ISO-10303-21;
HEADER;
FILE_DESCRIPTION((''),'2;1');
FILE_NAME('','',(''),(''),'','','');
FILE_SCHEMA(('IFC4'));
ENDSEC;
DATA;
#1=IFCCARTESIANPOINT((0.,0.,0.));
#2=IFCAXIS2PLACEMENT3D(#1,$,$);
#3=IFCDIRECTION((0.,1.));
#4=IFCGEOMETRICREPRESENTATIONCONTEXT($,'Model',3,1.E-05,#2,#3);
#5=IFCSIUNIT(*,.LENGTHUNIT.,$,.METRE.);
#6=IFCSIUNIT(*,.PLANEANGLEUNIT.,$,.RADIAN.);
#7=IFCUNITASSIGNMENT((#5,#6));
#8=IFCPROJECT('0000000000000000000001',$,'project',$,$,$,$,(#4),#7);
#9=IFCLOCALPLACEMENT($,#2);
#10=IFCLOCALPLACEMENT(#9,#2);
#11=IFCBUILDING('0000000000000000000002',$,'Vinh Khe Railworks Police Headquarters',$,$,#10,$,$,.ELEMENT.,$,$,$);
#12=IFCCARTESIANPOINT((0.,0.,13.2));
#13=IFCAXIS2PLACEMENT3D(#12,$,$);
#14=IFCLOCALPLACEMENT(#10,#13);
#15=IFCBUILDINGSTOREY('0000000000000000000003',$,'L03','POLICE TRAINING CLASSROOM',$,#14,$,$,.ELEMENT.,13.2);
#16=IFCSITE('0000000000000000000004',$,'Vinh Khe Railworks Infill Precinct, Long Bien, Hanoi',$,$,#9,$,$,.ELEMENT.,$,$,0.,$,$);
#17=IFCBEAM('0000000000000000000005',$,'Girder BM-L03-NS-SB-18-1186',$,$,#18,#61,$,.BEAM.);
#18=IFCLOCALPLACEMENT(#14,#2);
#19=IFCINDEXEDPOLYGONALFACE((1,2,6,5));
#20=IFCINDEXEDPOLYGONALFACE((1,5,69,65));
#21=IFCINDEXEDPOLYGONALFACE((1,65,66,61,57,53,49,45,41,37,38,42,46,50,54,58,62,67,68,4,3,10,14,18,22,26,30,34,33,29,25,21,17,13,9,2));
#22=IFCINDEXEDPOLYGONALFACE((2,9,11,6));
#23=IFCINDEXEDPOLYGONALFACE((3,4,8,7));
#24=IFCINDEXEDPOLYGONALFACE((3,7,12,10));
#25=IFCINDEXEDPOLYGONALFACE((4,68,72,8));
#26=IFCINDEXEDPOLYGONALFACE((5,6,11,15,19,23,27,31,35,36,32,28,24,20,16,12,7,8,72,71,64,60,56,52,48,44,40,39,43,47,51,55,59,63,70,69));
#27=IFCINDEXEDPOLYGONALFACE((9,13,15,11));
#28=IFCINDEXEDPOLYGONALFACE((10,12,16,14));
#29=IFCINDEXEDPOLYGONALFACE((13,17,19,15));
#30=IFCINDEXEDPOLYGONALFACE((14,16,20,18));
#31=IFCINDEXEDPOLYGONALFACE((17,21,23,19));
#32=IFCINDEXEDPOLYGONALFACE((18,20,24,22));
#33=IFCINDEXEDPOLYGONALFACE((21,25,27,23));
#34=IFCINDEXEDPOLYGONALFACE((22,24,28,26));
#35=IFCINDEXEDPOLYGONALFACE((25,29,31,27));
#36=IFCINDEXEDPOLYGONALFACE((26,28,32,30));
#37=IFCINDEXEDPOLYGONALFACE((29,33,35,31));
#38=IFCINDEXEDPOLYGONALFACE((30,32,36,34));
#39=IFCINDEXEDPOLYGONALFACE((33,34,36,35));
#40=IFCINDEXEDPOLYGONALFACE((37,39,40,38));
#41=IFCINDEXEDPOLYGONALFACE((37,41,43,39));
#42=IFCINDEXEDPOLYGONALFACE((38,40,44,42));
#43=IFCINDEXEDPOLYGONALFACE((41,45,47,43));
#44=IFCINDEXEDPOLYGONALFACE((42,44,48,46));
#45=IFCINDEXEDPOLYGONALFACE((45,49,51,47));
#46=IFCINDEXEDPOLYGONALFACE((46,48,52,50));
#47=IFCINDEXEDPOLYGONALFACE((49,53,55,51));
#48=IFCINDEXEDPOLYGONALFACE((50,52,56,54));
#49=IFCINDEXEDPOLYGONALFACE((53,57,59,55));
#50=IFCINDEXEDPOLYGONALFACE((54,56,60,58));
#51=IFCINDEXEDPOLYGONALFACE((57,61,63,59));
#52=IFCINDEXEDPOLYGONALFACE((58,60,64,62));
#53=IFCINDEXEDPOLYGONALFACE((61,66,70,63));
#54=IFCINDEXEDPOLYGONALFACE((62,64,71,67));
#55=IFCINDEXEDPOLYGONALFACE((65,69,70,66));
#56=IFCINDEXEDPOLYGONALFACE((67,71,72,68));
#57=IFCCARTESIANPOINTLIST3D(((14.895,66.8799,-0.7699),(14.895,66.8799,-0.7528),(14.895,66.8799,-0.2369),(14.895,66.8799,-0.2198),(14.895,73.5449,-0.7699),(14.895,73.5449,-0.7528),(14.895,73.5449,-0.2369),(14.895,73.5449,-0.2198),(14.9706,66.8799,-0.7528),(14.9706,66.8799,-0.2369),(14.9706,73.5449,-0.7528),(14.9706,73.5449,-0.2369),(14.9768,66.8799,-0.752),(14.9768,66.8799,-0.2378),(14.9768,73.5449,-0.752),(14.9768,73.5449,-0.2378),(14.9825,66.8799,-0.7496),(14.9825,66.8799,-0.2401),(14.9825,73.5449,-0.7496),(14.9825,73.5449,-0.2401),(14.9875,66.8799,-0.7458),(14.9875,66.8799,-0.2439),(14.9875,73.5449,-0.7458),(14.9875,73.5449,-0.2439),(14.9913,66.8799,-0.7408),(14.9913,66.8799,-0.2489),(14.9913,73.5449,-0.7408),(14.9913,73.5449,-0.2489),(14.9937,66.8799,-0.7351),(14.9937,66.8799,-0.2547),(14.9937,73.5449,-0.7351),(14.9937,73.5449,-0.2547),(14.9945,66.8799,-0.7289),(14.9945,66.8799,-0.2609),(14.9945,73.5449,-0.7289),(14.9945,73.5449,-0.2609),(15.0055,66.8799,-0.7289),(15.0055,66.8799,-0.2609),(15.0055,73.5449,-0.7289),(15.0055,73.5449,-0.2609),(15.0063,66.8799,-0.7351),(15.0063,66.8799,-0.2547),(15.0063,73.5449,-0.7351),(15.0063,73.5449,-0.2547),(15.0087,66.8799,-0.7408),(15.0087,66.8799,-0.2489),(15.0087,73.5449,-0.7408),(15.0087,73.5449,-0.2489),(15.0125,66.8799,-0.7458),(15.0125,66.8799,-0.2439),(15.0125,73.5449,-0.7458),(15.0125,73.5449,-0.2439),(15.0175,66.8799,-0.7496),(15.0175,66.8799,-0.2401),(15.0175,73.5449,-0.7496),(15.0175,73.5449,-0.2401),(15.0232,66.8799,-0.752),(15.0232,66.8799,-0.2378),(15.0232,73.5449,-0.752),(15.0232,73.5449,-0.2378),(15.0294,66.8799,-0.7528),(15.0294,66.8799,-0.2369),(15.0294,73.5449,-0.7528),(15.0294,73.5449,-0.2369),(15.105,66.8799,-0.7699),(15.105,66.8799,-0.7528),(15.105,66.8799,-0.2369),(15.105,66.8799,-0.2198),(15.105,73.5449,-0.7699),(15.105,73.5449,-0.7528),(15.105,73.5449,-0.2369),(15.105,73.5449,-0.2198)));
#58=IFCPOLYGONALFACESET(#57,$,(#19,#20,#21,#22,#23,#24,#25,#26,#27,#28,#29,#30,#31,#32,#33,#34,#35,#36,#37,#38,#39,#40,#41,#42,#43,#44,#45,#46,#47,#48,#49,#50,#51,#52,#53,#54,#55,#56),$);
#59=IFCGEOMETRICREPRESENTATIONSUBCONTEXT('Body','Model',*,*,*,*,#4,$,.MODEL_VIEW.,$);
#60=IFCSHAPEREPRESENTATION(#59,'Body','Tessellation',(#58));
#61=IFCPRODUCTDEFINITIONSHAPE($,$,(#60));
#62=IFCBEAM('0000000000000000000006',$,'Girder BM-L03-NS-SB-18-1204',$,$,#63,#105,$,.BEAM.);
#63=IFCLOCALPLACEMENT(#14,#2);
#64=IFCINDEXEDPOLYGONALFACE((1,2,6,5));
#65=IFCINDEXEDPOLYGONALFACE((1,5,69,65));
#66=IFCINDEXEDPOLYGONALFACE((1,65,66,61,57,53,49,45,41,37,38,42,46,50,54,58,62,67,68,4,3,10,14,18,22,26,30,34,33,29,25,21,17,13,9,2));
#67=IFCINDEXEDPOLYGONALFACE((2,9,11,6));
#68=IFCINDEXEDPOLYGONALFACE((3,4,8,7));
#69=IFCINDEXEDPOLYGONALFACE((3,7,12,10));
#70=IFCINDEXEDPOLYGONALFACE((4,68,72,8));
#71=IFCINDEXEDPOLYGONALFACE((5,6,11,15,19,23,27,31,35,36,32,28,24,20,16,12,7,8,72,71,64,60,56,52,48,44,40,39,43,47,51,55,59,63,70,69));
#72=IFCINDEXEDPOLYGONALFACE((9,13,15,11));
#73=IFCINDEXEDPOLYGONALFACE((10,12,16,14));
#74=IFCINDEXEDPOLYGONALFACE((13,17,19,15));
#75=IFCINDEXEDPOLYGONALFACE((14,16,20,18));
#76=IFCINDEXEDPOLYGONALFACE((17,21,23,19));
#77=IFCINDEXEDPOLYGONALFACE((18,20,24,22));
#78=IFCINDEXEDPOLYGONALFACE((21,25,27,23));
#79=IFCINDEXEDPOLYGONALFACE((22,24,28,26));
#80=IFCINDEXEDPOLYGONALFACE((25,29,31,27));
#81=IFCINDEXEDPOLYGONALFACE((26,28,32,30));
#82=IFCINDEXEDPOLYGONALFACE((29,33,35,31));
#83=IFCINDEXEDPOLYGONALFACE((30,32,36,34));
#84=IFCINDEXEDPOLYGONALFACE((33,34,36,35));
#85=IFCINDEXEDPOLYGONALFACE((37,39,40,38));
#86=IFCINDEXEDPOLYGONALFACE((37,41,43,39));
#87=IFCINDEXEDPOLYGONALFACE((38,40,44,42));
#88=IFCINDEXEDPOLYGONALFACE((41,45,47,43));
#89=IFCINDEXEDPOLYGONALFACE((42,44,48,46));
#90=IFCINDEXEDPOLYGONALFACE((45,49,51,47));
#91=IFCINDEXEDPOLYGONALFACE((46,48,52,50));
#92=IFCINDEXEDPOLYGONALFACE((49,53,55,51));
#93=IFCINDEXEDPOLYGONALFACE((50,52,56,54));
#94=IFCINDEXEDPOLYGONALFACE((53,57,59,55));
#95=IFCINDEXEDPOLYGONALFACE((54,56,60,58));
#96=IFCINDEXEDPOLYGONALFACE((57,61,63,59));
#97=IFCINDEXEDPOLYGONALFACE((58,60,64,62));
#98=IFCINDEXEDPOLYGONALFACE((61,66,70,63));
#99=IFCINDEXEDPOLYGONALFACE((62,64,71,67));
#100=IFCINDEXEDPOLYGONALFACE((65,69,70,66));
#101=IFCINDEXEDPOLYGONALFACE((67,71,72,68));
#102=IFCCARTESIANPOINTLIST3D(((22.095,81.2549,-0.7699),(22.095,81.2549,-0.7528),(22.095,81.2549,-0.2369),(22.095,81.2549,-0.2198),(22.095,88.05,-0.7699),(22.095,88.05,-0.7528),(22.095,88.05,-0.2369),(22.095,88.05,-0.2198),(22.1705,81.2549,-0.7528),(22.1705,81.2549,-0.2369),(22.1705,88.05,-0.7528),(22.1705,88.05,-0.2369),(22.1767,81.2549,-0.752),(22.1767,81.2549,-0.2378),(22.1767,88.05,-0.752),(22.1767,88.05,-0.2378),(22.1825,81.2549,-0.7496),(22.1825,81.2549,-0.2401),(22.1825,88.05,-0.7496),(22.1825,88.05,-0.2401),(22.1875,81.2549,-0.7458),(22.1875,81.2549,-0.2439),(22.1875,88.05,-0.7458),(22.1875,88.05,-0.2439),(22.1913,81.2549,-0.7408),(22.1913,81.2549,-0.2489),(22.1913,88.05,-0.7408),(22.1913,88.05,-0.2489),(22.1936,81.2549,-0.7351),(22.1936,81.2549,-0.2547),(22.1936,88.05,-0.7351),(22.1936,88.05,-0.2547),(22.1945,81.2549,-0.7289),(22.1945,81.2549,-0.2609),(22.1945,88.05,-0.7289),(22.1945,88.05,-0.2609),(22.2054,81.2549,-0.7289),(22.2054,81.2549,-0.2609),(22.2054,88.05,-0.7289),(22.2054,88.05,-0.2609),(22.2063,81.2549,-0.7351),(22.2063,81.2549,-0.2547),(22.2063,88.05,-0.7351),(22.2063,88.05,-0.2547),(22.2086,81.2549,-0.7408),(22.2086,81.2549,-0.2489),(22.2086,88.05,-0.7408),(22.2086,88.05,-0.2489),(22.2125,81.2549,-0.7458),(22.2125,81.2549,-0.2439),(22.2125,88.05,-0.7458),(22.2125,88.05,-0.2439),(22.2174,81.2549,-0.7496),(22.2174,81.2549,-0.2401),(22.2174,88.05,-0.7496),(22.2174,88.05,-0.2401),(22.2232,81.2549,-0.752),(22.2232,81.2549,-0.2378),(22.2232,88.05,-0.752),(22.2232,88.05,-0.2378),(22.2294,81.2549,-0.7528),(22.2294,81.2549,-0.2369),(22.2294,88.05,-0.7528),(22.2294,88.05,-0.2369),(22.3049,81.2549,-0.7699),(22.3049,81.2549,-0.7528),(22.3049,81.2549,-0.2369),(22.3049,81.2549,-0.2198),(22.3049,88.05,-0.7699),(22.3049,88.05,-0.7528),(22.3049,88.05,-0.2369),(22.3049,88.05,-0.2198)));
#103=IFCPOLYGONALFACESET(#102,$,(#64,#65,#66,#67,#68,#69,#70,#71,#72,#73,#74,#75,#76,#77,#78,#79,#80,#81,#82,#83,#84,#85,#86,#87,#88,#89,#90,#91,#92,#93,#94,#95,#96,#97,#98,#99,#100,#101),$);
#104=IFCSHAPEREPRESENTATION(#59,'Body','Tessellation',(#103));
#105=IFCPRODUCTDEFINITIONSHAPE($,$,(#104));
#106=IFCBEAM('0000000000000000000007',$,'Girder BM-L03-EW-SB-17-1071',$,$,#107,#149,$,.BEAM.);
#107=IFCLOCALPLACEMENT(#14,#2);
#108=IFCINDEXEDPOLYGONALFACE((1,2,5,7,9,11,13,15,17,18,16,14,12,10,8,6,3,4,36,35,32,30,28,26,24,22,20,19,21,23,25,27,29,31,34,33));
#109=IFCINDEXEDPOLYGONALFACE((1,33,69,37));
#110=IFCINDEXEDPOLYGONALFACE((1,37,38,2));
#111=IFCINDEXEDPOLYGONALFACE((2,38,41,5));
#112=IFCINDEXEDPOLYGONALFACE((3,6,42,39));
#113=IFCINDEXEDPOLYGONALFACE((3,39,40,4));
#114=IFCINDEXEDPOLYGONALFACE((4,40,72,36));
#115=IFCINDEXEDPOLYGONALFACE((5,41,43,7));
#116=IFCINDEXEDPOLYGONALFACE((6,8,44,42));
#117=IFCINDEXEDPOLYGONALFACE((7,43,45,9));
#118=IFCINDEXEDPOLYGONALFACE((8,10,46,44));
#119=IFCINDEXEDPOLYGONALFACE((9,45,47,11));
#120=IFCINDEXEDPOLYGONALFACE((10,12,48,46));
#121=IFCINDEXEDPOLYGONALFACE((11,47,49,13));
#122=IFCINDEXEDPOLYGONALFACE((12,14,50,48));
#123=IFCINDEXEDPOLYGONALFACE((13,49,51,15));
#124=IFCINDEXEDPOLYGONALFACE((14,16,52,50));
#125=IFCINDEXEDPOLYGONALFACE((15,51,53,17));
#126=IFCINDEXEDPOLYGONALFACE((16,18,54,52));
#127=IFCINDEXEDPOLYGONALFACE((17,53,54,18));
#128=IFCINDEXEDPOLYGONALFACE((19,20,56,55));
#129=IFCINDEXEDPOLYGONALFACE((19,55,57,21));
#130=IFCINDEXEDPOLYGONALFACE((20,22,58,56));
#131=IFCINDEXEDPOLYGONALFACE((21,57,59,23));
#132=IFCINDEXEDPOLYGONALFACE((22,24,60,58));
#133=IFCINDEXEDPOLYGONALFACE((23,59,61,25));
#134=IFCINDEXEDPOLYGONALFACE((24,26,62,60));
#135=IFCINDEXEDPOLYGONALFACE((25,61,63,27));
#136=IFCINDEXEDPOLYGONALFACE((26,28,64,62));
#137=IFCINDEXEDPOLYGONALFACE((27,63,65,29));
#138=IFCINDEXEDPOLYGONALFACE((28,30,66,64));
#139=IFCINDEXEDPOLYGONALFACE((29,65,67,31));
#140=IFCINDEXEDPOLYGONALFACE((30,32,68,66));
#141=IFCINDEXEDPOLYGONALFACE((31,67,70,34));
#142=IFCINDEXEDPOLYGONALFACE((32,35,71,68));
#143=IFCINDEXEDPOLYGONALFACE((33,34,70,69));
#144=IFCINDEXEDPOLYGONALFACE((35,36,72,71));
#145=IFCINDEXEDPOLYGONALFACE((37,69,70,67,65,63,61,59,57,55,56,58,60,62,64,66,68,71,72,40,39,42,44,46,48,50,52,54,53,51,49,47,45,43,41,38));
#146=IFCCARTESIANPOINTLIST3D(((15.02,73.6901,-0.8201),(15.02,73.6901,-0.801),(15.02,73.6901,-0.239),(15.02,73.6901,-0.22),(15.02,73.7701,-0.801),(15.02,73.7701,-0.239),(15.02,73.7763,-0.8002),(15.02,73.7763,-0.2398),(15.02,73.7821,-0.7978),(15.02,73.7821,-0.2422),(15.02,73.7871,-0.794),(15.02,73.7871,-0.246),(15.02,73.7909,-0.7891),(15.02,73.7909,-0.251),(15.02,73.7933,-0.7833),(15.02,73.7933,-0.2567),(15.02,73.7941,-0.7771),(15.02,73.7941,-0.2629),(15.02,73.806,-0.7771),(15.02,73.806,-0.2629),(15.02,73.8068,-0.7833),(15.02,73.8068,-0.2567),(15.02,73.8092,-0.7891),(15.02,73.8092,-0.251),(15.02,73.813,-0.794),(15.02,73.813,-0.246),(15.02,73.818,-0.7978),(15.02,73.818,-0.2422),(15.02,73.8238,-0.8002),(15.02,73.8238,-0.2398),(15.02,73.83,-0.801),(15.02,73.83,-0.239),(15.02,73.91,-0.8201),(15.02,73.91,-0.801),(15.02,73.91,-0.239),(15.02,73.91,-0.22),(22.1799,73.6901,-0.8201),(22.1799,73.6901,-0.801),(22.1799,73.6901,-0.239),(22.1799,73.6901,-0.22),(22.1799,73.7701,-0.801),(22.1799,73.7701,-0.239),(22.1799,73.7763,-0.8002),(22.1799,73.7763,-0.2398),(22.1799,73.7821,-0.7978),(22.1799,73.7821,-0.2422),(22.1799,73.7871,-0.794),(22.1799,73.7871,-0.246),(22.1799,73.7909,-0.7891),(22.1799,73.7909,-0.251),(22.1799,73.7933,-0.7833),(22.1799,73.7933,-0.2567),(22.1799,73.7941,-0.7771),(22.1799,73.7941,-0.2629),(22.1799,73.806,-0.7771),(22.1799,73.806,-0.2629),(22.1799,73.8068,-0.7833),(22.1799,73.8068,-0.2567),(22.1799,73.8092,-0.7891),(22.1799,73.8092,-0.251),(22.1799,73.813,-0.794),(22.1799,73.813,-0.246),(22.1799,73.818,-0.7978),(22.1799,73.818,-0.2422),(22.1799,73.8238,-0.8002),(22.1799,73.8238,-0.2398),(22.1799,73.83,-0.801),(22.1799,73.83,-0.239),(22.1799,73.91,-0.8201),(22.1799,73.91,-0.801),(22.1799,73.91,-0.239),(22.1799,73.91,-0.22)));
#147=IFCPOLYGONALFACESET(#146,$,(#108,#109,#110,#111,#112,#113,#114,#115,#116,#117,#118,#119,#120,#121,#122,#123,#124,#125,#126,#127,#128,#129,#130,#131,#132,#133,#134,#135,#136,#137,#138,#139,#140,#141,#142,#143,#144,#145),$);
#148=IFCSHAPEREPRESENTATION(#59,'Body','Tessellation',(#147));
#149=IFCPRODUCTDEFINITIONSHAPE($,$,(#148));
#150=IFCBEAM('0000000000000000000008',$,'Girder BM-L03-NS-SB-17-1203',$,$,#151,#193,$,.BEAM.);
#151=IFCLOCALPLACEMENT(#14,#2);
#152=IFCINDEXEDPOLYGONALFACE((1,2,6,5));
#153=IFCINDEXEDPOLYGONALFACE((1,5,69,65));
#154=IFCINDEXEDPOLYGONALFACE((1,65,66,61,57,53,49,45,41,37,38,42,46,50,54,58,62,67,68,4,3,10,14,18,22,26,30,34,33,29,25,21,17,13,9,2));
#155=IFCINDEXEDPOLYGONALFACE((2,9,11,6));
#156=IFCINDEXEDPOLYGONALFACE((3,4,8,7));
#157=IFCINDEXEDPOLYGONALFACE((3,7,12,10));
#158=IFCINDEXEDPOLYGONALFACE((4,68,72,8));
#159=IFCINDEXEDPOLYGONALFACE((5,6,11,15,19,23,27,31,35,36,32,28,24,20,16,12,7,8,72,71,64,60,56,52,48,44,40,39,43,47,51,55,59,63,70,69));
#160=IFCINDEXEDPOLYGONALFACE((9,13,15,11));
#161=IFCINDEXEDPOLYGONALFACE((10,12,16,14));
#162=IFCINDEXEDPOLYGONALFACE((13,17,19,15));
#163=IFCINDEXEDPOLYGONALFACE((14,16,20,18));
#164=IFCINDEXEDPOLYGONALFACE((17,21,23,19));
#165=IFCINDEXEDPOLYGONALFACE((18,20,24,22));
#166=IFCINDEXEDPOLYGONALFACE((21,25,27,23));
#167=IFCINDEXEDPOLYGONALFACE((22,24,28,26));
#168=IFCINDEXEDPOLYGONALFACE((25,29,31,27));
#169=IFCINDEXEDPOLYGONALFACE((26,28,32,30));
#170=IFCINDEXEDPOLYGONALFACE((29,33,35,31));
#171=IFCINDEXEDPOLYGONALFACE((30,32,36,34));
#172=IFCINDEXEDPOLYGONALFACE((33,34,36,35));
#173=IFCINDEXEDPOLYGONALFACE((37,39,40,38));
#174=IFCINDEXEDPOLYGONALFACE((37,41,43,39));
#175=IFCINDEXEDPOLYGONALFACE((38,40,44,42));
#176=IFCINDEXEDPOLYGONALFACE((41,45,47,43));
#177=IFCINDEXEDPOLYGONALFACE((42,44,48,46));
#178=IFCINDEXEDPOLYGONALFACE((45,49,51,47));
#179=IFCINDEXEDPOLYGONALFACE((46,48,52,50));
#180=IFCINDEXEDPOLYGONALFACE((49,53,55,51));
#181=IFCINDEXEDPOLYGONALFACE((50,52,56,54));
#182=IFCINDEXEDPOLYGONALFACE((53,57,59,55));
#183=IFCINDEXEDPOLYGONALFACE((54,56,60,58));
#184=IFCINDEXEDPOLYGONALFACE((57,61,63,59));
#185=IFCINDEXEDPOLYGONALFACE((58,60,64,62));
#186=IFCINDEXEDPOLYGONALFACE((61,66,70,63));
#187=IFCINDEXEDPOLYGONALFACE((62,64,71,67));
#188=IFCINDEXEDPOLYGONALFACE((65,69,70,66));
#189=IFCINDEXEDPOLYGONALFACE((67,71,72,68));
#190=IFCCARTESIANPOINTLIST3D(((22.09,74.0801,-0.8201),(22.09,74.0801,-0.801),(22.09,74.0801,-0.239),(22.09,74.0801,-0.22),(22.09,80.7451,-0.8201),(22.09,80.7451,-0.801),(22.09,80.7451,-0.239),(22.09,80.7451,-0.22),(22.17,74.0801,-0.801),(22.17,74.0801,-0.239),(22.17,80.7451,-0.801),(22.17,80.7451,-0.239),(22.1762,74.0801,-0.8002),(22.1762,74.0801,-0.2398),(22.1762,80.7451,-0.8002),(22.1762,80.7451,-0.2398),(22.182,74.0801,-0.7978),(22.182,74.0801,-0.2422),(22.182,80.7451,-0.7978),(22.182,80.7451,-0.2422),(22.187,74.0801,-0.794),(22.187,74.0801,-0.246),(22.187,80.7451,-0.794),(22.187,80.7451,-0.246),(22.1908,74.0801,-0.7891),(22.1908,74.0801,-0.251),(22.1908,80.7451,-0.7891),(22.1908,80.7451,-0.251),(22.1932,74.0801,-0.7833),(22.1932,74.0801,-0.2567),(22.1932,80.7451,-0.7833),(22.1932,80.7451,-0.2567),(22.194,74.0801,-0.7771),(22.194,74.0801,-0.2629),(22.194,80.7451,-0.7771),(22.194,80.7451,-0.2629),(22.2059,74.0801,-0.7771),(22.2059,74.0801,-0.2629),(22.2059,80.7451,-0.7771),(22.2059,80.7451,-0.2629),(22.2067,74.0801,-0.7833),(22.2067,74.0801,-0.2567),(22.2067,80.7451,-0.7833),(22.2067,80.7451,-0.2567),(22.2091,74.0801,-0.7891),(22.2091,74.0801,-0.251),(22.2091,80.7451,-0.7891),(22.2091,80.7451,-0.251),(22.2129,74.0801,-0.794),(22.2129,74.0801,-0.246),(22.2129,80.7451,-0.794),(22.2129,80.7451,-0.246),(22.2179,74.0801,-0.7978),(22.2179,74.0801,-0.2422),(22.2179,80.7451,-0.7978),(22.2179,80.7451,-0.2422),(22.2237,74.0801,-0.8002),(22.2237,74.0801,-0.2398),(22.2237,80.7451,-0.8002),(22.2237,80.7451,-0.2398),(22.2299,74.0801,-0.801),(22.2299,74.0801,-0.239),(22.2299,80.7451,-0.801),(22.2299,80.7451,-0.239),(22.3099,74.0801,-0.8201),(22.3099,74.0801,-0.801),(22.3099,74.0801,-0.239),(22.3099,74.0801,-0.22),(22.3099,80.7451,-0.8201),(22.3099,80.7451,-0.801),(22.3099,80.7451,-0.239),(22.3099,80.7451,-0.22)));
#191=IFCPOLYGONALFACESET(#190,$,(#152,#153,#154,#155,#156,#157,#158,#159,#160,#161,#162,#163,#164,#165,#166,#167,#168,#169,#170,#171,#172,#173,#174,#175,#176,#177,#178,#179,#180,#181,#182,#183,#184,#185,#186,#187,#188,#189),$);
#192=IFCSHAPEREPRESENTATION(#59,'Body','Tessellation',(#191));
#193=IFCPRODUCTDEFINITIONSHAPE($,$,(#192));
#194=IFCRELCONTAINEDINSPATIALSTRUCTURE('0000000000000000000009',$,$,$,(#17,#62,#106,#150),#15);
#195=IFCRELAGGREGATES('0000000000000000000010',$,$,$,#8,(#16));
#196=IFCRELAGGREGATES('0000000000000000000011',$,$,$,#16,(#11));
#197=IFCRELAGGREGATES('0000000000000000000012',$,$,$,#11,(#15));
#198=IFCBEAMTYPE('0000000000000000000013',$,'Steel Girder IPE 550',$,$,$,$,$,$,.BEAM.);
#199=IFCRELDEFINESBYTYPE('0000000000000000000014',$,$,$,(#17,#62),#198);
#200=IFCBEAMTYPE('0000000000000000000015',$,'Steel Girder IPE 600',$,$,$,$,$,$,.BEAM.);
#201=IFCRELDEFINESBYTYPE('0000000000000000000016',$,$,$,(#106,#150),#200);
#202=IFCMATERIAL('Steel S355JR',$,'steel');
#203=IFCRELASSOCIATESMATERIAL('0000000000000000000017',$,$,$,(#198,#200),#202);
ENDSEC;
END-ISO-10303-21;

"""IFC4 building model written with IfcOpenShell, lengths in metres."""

from ifc_helpers import new_model, si_unit, direction, frame, origin, origin_2d, place, context, subcontext, project, spatial, i_section, extrude, material, material_profile, profile_set, type_object, element, save


model = new_model("IFC4")

# Units and contexts
model_context = context("Model", 3, precision=1e-05, world=origin(), true_north=direction((0.0, 1.0)))
body_context = subcontext(model_context, "Body", "Model", "MODEL_VIEW")
ifc_project = project(units=[si_unit("LENGTHUNIT", "METRE"), si_unit("PLANEANGLEUNIT", "RADIAN")], contexts=[model_context])

# Site, building, storey
site_placement = place(None, origin())
site = spatial("IfcSite", under=ifc_project, at=site_placement, Name="Vinh Khe Railworks Infill Precinct, Long Bien, Hanoi", CompositionType="ELEMENT", RefElevation=0.0)
building_placement = place(site_placement, origin())
building = spatial("IfcBuilding", under=site, at=building_placement, Name="Vinh Khe Railworks Police Headquarters", CompositionType="ELEMENT")
storey_placement = place(building_placement, frame((0.0, 0.0, 13.2)))
storey = spatial("IfcBuildingStorey", under=building, at=storey_placement, Name="L03", Description="POLICE TRAINING CLASSROOM", CompositionType="ELEMENT", Elevation=13.2)

# Shared definitions
ifc_material_1 = material(Name="Steel S355JR", Category="steel")

# Beams
ifc_material_profile_1 = material_profile(ifc_material_1, i_section(OverallWidth=0.21, OverallDepth=0.55, WebThickness=0.011, FlangeThickness=0.0171, FilletRadius=0.0239, at=origin_2d()), Name="IPE 550")
ifc_profile_set_1 = profile_set([ifc_material_profile_1], Name="Steel S355JR")
beam_type_1 = type_object("IfcBeamType", Name="Steel Girder IPE 550", PredefinedType="BEAM", material=ifc_profile_set_1)
beam_1_placement = place(storey_placement, frame((15.0, 66.8799, -0.4949), z_axis=(0.0, 1.0, 0.0), x_axis=(-1.0, 0.0, 0.0)))
element("IfcBeam", 1, at=beam_1_placement, inside=storey, type_object=beam_type_1, Name="Girder BM-L03-NS-SB-18-1186", PredefinedType="BEAM", context=body_context, shape_type="SweptSolid", body=[
    extrude(i_section(OverallWidth=0.21, OverallDepth=0.55, WebThickness=0.011, FlangeThickness=0.0171, FilletRadius=0.0239, at=origin_2d()), origin(), (0.0, 0.0, 1.0), 6.665),
])
beam_2_placement = place(storey_placement, frame((22.2, 81.2549, -0.4949), z_axis=(0.0, 1.0, 0.0), x_axis=(-1.0, 0.0, 0.0)))
element("IfcBeam", 2, at=beam_2_placement, inside=storey, type_object=beam_type_1, Name="Girder BM-L03-NS-SB-18-1204", PredefinedType="BEAM", context=body_context, shape_type="SweptSolid", body=[
    extrude(i_section(OverallWidth=0.21, OverallDepth=0.55, WebThickness=0.011, FlangeThickness=0.0171, FilletRadius=0.0239, at=origin_2d()), origin(), (0.0, 0.0, 1.0), 6.7952),
])
ifc_material_profile_2 = material_profile(ifc_material_1, i_section(OverallWidth=0.22, OverallDepth=0.6001, WebThickness=0.012, FlangeThickness=0.019, FilletRadius=0.0239, at=origin_2d()), Name="IPE 600")
ifc_profile_set_2 = profile_set([ifc_material_profile_2], Name="Steel S355JR")
beam_type_2 = type_object("IfcBeamType", Name="Steel Girder IPE 600", PredefinedType="BEAM", material=ifc_profile_set_2)
beam_3_placement = place(storey_placement, frame((15.02, 73.8, -0.52), z_axis=(1.0, 0.0, 0.0), x_axis=(0.0, 1.0, 0.0)))
element("IfcBeam", 3, at=beam_3_placement, inside=storey, type_object=beam_type_2, Name="Girder BM-L03-EW-SB-17-1071", PredefinedType="BEAM", context=body_context, shape_type="SweptSolid", body=[
    extrude(i_section(OverallWidth=0.22, OverallDepth=0.6001, WebThickness=0.012, FlangeThickness=0.019, FilletRadius=0.0239, at=origin_2d()), origin(), (0.0, 0.0, 1.0), 7.1599),
])
beam_4_placement = place(storey_placement, frame((22.2, 74.0801, -0.52), z_axis=(0.0, 1.0, 0.0), x_axis=(-1.0, 0.0, 0.0)))
element("IfcBeam", 4, at=beam_4_placement, inside=storey, type_object=beam_type_2, Name="Girder BM-L03-NS-SB-17-1203", PredefinedType="BEAM", context=body_context, shape_type="SweptSolid", body=[
    extrude(i_section(OverallWidth=0.22, OverallDepth=0.6001, WebThickness=0.012, FlangeThickness=0.019, FilletRadius=0.0239, at=origin_2d()), origin(), (0.0, 0.0, 1.0), 6.665),
])

save(model, "model.ifc")
